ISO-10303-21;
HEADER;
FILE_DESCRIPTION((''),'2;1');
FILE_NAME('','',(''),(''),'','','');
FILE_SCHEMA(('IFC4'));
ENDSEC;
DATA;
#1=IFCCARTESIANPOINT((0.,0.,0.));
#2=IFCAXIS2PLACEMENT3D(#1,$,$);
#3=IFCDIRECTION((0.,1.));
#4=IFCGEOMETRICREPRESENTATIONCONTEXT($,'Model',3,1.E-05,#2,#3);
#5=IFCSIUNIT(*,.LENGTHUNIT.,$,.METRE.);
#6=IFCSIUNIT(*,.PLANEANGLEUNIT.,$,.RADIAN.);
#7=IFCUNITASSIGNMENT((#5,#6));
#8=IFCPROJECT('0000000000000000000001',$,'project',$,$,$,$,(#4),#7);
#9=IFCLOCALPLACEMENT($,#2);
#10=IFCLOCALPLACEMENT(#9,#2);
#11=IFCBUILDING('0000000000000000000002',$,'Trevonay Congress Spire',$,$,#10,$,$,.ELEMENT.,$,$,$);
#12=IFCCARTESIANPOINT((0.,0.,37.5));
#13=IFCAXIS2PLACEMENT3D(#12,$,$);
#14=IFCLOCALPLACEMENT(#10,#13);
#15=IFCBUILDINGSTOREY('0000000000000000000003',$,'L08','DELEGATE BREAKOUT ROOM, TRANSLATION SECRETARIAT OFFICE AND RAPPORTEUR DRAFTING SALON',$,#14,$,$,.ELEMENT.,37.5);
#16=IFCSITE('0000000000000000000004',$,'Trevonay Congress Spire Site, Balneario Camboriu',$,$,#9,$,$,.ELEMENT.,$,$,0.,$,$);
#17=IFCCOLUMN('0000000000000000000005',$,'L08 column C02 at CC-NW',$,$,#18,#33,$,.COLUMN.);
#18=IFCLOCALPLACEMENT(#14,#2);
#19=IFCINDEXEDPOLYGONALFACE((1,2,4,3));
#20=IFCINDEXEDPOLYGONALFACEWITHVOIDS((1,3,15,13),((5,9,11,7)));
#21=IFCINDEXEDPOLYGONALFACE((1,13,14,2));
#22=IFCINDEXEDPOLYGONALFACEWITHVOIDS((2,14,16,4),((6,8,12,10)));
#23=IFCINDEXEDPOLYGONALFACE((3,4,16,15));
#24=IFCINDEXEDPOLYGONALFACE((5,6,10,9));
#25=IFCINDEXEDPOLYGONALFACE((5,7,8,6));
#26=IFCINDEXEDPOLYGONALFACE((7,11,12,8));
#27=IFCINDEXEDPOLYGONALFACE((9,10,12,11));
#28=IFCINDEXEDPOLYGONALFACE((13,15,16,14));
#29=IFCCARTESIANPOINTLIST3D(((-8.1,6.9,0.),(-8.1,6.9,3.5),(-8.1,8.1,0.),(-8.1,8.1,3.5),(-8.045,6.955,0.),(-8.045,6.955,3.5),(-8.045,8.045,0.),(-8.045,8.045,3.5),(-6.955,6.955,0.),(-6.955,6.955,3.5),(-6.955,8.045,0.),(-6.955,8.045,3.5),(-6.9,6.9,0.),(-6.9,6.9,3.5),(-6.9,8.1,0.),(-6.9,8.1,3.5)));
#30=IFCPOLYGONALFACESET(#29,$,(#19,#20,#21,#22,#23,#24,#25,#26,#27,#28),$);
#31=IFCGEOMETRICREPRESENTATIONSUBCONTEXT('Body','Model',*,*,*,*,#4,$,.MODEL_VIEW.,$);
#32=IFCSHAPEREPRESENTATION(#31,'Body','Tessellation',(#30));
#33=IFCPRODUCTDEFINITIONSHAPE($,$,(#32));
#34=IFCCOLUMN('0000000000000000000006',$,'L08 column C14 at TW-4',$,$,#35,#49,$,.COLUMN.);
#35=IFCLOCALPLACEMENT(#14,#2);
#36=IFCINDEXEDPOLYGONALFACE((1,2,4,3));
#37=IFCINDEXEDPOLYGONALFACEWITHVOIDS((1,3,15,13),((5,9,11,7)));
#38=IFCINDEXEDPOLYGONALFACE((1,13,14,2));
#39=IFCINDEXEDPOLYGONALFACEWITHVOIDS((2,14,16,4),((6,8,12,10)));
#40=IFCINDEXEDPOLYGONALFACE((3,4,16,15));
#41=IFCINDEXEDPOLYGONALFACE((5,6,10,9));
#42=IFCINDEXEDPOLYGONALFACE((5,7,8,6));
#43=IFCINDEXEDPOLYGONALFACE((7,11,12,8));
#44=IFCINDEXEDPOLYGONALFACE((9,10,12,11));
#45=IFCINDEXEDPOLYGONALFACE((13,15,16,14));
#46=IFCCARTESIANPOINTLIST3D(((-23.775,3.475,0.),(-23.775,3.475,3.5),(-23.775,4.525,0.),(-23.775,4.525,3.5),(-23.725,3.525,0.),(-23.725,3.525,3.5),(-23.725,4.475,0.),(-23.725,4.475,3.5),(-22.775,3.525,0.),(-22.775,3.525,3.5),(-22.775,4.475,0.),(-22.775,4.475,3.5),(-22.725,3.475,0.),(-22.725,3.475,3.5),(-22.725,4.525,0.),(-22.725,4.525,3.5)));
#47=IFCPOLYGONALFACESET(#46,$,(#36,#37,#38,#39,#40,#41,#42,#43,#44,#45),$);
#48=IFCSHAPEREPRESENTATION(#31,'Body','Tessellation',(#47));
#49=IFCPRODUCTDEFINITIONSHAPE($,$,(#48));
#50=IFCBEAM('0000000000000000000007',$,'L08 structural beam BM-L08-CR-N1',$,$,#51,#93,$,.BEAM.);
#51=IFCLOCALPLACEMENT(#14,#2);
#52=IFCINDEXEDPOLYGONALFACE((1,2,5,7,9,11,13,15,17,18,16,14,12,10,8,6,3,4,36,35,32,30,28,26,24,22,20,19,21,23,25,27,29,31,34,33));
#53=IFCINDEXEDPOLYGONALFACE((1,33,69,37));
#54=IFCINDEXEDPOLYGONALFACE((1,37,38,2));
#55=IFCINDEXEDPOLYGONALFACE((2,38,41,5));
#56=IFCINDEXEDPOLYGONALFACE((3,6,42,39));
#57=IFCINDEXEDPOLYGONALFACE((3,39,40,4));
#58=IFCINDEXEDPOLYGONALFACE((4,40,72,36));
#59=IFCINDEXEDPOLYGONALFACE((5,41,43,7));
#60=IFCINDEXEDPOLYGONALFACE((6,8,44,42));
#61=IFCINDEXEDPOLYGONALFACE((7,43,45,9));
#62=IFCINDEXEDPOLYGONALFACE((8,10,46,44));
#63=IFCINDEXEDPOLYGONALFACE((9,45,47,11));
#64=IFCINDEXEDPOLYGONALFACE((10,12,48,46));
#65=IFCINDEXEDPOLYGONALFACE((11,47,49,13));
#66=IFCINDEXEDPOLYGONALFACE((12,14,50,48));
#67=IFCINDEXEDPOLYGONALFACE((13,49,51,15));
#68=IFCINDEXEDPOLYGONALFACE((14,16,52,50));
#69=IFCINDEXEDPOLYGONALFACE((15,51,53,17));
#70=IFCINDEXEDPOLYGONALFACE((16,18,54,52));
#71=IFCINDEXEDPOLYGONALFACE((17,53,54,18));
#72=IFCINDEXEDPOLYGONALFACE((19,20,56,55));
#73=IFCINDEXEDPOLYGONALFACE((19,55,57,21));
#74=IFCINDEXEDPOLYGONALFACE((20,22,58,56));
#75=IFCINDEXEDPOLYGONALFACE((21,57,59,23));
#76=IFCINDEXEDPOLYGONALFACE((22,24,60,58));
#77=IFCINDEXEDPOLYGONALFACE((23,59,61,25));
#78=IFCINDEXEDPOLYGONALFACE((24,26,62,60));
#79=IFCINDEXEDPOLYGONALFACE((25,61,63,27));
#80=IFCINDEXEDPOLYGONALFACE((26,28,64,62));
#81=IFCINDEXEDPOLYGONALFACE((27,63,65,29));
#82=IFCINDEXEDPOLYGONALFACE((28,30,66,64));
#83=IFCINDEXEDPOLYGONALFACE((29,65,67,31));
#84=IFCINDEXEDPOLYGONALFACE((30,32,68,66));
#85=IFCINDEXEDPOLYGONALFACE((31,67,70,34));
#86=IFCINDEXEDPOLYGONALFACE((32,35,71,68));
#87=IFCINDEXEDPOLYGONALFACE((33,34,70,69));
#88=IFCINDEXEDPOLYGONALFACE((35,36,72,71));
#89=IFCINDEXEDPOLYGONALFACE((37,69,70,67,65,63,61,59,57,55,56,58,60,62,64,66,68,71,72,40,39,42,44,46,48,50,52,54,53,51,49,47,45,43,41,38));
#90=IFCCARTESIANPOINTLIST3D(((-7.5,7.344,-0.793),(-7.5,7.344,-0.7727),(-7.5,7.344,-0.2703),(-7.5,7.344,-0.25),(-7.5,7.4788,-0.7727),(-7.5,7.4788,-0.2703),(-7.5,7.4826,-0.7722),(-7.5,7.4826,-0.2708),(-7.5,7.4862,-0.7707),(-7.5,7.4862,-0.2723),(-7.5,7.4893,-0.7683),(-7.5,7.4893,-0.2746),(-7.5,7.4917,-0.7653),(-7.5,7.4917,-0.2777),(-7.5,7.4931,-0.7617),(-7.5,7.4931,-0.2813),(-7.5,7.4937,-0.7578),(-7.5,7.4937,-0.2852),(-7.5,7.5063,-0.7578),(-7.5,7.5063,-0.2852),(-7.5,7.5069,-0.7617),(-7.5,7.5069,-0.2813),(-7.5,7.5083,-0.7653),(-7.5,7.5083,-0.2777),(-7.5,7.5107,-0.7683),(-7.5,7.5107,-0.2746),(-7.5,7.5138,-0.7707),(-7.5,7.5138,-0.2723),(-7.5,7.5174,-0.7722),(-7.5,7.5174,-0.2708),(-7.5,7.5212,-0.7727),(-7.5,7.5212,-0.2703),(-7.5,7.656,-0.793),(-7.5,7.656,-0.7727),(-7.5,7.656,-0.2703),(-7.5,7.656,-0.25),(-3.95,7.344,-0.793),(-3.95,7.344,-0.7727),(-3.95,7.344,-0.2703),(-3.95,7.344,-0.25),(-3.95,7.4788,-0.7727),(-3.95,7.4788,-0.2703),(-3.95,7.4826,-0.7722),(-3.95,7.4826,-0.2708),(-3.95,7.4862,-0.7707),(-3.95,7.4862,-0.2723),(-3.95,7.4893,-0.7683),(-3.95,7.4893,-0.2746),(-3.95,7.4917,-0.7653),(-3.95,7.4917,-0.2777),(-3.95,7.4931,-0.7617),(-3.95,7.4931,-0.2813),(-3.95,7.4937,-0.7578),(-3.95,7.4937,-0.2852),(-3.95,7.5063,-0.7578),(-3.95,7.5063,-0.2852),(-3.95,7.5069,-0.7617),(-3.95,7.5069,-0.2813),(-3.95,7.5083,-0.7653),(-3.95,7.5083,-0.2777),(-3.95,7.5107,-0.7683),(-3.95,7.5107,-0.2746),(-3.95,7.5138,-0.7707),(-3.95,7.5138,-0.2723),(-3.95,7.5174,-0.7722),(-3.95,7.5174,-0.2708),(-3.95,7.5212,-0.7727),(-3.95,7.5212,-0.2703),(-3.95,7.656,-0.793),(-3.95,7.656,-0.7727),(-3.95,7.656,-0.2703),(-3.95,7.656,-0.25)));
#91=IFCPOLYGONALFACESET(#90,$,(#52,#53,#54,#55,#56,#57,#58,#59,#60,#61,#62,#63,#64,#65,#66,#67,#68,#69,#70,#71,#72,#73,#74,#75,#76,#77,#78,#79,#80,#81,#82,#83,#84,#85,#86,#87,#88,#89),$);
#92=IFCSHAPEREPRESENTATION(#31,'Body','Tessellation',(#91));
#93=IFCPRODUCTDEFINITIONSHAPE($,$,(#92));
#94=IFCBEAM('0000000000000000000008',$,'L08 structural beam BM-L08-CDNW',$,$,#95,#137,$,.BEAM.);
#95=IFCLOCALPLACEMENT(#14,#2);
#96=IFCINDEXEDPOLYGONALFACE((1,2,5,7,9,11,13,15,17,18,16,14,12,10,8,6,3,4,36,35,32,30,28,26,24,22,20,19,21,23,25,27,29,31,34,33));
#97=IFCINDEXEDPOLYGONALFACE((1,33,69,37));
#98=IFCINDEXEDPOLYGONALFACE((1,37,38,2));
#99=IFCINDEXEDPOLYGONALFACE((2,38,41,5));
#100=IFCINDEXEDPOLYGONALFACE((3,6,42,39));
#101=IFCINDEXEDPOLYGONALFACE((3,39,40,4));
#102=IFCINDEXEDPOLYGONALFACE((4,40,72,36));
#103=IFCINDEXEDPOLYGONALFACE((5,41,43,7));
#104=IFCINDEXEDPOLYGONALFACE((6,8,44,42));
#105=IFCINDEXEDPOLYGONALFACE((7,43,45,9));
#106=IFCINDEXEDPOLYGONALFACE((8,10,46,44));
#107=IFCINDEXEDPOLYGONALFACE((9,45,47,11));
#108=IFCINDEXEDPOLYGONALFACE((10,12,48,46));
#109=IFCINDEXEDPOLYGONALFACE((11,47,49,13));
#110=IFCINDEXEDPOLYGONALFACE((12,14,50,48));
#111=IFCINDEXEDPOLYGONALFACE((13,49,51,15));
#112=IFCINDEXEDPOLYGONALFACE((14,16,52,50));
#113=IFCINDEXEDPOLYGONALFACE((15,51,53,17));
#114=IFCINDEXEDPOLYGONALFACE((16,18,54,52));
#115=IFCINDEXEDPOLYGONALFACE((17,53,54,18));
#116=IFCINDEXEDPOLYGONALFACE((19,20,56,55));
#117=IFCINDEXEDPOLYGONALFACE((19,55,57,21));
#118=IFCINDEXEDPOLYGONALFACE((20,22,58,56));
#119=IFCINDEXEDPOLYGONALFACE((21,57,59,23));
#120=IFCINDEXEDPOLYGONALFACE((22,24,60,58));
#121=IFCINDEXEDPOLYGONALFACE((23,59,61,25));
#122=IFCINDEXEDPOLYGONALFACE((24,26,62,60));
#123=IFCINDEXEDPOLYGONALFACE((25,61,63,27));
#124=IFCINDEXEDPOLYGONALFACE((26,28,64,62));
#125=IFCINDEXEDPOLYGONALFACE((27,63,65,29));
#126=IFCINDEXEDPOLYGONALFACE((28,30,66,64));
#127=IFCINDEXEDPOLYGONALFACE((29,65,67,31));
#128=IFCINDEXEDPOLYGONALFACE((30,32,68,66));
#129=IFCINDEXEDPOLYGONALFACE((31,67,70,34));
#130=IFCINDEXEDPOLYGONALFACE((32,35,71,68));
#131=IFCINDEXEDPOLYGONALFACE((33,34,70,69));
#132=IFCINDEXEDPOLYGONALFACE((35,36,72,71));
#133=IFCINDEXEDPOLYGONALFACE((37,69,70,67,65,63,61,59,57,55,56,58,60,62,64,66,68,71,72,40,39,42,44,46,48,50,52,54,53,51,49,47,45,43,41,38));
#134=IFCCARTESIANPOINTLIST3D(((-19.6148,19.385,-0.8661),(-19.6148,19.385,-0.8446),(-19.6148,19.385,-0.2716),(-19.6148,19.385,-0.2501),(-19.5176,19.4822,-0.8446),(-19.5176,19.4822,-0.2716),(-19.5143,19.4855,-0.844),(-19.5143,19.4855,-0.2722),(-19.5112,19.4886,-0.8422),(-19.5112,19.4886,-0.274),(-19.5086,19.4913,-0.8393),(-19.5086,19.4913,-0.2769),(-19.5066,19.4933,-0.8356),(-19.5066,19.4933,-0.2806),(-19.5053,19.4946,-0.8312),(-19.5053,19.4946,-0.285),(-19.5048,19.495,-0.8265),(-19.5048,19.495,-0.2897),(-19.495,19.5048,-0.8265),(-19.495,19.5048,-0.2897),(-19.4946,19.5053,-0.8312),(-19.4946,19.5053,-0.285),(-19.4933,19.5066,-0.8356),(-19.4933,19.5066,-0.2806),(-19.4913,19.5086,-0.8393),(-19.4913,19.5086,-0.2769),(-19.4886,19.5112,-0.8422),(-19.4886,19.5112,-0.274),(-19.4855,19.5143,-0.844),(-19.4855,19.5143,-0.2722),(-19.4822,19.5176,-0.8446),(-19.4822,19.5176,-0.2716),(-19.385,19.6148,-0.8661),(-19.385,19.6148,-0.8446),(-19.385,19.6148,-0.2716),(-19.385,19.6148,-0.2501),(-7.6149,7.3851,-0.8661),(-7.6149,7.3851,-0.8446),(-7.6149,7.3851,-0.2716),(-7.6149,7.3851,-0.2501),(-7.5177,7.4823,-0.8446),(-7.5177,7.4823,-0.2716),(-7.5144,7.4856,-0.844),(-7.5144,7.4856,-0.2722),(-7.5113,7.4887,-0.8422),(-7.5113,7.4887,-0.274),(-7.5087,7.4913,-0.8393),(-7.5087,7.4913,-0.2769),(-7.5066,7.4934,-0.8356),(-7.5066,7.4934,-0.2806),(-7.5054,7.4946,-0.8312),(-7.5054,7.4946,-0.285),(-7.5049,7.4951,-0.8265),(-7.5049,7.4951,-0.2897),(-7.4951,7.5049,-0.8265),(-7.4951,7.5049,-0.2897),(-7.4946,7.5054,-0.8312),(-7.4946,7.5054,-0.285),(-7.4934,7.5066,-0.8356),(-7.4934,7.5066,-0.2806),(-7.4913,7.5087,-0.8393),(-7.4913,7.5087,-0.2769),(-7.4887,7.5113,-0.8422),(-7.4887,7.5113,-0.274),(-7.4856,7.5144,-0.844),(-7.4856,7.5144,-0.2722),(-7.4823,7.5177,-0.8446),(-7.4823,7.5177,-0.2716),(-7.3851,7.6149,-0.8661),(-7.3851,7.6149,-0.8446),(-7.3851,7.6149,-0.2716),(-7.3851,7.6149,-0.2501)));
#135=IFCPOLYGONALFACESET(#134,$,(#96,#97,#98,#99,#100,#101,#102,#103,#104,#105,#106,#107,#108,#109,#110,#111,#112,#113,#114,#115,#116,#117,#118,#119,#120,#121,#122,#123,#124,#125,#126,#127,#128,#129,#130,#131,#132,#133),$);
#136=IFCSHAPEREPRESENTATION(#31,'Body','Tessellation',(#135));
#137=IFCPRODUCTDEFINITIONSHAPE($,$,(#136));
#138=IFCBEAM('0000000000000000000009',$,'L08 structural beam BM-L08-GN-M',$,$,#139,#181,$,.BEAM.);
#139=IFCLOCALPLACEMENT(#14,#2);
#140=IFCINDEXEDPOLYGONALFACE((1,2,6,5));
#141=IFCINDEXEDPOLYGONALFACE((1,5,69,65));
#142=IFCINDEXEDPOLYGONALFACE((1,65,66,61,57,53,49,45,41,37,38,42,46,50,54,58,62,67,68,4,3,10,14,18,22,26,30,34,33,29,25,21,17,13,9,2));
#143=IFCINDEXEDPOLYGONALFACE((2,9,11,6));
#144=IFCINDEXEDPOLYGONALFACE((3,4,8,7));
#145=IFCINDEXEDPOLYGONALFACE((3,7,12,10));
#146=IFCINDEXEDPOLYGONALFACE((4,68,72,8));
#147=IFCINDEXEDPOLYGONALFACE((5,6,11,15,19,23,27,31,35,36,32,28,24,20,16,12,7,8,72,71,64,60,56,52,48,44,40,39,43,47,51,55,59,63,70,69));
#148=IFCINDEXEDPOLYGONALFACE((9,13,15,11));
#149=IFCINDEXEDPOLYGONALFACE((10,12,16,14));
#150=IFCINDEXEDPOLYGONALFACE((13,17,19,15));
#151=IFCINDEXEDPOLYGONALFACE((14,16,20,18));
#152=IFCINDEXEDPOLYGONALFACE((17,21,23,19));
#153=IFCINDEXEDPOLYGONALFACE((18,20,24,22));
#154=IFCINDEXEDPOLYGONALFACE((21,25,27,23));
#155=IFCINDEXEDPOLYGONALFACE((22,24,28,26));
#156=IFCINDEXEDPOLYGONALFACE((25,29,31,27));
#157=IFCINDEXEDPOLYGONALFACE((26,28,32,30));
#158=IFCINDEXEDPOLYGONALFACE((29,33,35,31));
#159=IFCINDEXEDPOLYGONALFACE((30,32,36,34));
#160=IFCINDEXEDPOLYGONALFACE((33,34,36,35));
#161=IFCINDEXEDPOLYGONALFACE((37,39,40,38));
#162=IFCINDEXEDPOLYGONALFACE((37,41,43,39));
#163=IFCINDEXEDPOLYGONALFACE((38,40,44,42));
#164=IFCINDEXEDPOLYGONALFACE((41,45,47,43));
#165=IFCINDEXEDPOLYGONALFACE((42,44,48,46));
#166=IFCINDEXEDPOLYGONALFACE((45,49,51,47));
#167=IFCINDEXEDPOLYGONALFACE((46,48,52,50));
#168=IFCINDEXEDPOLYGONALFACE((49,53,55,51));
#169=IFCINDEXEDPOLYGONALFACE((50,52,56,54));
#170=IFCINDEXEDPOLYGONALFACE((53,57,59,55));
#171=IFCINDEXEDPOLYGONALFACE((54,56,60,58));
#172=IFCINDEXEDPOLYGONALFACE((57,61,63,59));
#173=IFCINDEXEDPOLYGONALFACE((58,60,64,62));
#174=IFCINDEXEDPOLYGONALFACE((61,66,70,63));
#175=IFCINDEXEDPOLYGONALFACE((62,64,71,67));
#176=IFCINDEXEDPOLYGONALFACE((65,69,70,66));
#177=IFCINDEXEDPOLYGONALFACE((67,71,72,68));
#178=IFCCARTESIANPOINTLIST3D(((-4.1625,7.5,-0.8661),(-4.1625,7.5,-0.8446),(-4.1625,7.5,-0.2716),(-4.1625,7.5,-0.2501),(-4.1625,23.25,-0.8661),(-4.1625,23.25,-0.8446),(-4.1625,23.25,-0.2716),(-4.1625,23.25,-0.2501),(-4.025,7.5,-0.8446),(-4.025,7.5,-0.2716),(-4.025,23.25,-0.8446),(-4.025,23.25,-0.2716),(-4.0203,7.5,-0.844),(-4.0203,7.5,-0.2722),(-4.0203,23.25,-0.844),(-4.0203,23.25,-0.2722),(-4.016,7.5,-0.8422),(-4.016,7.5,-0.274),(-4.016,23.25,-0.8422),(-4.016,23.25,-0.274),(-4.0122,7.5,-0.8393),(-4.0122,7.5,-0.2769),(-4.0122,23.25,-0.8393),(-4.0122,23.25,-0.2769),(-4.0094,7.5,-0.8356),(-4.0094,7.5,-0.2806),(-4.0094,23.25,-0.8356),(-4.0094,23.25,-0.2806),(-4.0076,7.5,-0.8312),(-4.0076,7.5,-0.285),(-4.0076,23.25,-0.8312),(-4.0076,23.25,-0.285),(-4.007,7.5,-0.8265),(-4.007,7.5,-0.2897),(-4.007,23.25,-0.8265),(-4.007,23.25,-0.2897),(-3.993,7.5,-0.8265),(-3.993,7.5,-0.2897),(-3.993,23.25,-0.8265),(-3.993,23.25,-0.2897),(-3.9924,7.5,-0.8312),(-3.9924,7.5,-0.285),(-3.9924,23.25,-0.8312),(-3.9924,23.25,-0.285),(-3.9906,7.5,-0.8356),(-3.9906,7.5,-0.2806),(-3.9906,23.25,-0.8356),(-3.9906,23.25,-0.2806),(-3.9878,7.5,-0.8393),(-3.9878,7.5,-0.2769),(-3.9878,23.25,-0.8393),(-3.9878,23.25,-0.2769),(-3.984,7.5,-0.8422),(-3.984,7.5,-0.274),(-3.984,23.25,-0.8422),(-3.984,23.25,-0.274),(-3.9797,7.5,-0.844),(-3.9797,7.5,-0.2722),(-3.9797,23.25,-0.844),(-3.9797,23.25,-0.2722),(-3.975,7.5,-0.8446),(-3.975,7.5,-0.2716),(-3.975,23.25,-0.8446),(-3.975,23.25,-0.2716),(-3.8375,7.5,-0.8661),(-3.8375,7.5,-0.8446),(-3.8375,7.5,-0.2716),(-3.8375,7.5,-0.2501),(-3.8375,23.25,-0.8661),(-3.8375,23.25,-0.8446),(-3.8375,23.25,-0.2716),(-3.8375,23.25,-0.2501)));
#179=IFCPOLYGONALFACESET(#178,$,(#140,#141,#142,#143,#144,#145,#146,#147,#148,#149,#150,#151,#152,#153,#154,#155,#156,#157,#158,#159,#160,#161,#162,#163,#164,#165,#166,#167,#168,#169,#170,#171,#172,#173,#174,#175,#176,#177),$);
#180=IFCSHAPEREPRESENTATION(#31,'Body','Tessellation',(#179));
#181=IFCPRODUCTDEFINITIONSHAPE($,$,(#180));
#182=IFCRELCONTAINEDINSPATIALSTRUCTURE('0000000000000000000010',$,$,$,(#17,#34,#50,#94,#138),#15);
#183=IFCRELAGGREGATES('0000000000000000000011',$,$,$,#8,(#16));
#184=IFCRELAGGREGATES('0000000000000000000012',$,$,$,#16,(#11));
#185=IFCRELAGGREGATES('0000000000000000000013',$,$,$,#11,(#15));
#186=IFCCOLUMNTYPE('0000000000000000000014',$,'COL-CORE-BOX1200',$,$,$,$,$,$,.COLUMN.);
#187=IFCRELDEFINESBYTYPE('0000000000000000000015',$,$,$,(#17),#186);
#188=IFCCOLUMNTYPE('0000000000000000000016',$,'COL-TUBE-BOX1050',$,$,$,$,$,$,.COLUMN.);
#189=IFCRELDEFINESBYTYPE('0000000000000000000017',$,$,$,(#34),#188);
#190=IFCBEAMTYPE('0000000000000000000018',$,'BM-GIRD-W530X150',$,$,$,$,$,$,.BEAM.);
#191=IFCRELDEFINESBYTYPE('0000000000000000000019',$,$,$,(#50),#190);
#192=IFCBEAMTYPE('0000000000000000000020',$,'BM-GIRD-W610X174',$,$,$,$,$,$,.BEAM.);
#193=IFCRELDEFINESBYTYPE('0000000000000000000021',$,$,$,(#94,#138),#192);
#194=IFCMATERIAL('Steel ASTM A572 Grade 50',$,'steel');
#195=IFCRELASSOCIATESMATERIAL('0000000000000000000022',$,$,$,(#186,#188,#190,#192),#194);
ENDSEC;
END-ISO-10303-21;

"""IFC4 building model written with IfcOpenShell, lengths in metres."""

from ifc_helpers import new_model, si_unit, direction, frame, origin, origin_2d, place, context, subcontext, project, spatial, hollow_rectangle, i_section, extrude, material, material_profile, profile_set, type_object, element, save


model = new_model("IFC4")

# Units and contexts
model_context = context("Model", 3, precision=1e-05, world=origin(), true_north=direction((0.0, 1.0)))
body_context = subcontext(model_context, "Body", "Model", "MODEL_VIEW")
ifc_project = project(units=[si_unit("LENGTHUNIT", "METRE"), si_unit("PLANEANGLEUNIT", "RADIAN")], contexts=[model_context])

# Site, building, storey
site_placement = place(None, origin())
site = spatial("IfcSite", under=ifc_project, at=site_placement, Name="Trevonay Congress Spire Site, Balneario Camboriu", CompositionType="ELEMENT", RefElevation=0.0)
building_placement = place(site_placement, origin())
building = spatial("IfcBuilding", under=site, at=building_placement, Name="Trevonay Congress Spire", CompositionType="ELEMENT")
storey_placement = place(building_placement, frame((0.0, 0.0, 37.5)))
storey = spatial("IfcBuildingStorey", under=building, at=storey_placement, Name="L08", Description="DELEGATE BREAKOUT ROOM, TRANSLATION SECRETARIAT OFFICE AND RAPPORTEUR DRAFTING SALON", CompositionType="ELEMENT", Elevation=37.5)

# Columns
ifc_material_1 = material(Name="Steel ASTM A572 Grade 50", Category="steel")
ifc_material_profile_1 = material_profile(ifc_material_1, hollow_rectangle(XDim=1.2, YDim=1.2, WallThickness=0.0549, at=origin_2d()), Name="BOX 1200x1200x55")
ifc_profile_set_1 = profile_set([ifc_material_profile_1], Name="Steel ASTM A572 Grade 50")
column_type_1 = type_object("IfcColumnType", Name="COL-CORE-BOX1200", PredefinedType="COLUMN", material=ifc_profile_set_1)
column_1_placement = place(storey_placement, frame((-7.5, 7.5, 0.0), z_axis=(0.0, 0.0, 1.0), x_axis=(1.0, 0.0, 0.0)))
element("IfcColumn", 1, at=column_1_placement, inside=storey, type_object=column_type_1, Name="L08 column C02 at CC-NW", PredefinedType="COLUMN", context=body_context, shape_type="SweptSolid", body=[
    extrude(hollow_rectangle(XDim=1.2, YDim=1.2, WallThickness=0.0549, at=origin_2d()), origin(), (0.0, 0.0, 1.0), 3.5),
])
ifc_material_profile_2 = material_profile(ifc_material_1, hollow_rectangle(XDim=1.05, YDim=1.05, WallThickness=0.05, at=origin_2d()), Name="BOX 1050x1050x50")
ifc_profile_set_2 = profile_set([ifc_material_profile_2], Name="Steel ASTM A572 Grade 50")
column_type_2 = type_object("IfcColumnType", Name="COL-TUBE-BOX1050", PredefinedType="COLUMN", material=ifc_profile_set_2)
column_2_placement = place(storey_placement, frame((-23.25, 4.0, 0.0), z_axis=(0.0, 0.0, 1.0), x_axis=(1.0, 0.0, 0.0)))
element("IfcColumn", 2, at=column_2_placement, inside=storey, type_object=column_type_2, Name="L08 column C14 at TW-4", PredefinedType="COLUMN", context=body_context, shape_type="SweptSolid", body=[
    extrude(hollow_rectangle(XDim=1.05, YDim=1.05, WallThickness=0.05, at=origin_2d()), origin(), (0.0, 0.0, 1.0), 3.5),
])

# Beams
ifc_material_profile_3 = material_profile(ifc_material_1, i_section(OverallWidth=0.312, OverallDepth=0.543, WebThickness=0.0127, FlangeThickness=0.0203, FilletRadius=0.0149, at=origin_2d()), Name="W530x150")
ifc_profile_set_3 = profile_set([ifc_material_profile_3], Name="Steel ASTM A572 Grade 50")
beam_type_1 = type_object("IfcBeamType", Name="BM-GIRD-W530X150", PredefinedType="BEAM", material=ifc_profile_set_3)
beam_1_placement = place(storey_placement, frame((-7.5, 7.5, -0.5215), z_axis=(1.0, 0.0, 0.0), x_axis=(0.0, 1.0, 0.0)))
element("IfcBeam", 3, at=beam_1_placement, inside=storey, type_object=beam_type_1, Name="L08 structural beam BM-L08-CR-N1", PredefinedType="BEAM", context=body_context, shape_type="SweptSolid", body=[
    extrude(i_section(OverallWidth=0.312, OverallDepth=0.543, WebThickness=0.0127, FlangeThickness=0.0203, FilletRadius=0.0149, at=origin_2d()), origin(), (0.0, 0.0, 1.0), 3.55),
])
ifc_material_profile_4 = material_profile(ifc_material_1, i_section(OverallWidth=0.325, OverallDepth=0.616, WebThickness=0.0139, FlangeThickness=0.0215, FilletRadius=0.0181, at=origin_2d()), Name="W610x174")
ifc_profile_set_4 = profile_set([ifc_material_profile_4], Name="Steel ASTM A572 Grade 50")
beam_type_2 = type_object("IfcBeamType", Name="BM-GIRD-W610X174", PredefinedType="BEAM", material=ifc_profile_set_4)
beam_2_placement = place(storey_placement, frame((-7.5, 7.5, -0.5581), z_axis=(-0.707107, 0.707107, 0.0), x_axis=(-0.707107, -0.707107, 0.0)))
element("IfcBeam", 4, at=beam_2_placement, inside=storey, type_object=beam_type_2, Name="L08 structural beam BM-L08-CDNW", PredefinedType="BEAM", context=body_context, shape_type="SweptSolid", body=[
    extrude(i_section(OverallWidth=0.325, OverallDepth=0.616, WebThickness=0.0139, FlangeThickness=0.0215, FilletRadius=0.0181, at=origin_2d()), origin(), (0.0, 0.0, 1.0), 16.9705),
])
for number, where, z_axis, x_axis, name in (
    (5, (-4.0, 7.5, -0.5581), (0.0, 1.0, 0.0), (-1.0, 0.0, 0.0), "L08 structural beam BM-L08-GN-M"),
):
    element("IfcBeam", number, at=place(storey_placement, frame(where, z_axis=z_axis, x_axis=x_axis)), inside=storey, type_object=beam_type_2, Name=name, PredefinedType="BEAM", context=body_context, shape_type="SweptSolid", body=[
        extrude(i_section(OverallWidth=0.325, OverallDepth=0.616, WebThickness=0.0139, FlangeThickness=0.0215, FilletRadius=0.0181, at=origin_2d()), origin(), (0.0, 0.0, 1.0), 15.75),
    ])

save(model, "model.ifc")
